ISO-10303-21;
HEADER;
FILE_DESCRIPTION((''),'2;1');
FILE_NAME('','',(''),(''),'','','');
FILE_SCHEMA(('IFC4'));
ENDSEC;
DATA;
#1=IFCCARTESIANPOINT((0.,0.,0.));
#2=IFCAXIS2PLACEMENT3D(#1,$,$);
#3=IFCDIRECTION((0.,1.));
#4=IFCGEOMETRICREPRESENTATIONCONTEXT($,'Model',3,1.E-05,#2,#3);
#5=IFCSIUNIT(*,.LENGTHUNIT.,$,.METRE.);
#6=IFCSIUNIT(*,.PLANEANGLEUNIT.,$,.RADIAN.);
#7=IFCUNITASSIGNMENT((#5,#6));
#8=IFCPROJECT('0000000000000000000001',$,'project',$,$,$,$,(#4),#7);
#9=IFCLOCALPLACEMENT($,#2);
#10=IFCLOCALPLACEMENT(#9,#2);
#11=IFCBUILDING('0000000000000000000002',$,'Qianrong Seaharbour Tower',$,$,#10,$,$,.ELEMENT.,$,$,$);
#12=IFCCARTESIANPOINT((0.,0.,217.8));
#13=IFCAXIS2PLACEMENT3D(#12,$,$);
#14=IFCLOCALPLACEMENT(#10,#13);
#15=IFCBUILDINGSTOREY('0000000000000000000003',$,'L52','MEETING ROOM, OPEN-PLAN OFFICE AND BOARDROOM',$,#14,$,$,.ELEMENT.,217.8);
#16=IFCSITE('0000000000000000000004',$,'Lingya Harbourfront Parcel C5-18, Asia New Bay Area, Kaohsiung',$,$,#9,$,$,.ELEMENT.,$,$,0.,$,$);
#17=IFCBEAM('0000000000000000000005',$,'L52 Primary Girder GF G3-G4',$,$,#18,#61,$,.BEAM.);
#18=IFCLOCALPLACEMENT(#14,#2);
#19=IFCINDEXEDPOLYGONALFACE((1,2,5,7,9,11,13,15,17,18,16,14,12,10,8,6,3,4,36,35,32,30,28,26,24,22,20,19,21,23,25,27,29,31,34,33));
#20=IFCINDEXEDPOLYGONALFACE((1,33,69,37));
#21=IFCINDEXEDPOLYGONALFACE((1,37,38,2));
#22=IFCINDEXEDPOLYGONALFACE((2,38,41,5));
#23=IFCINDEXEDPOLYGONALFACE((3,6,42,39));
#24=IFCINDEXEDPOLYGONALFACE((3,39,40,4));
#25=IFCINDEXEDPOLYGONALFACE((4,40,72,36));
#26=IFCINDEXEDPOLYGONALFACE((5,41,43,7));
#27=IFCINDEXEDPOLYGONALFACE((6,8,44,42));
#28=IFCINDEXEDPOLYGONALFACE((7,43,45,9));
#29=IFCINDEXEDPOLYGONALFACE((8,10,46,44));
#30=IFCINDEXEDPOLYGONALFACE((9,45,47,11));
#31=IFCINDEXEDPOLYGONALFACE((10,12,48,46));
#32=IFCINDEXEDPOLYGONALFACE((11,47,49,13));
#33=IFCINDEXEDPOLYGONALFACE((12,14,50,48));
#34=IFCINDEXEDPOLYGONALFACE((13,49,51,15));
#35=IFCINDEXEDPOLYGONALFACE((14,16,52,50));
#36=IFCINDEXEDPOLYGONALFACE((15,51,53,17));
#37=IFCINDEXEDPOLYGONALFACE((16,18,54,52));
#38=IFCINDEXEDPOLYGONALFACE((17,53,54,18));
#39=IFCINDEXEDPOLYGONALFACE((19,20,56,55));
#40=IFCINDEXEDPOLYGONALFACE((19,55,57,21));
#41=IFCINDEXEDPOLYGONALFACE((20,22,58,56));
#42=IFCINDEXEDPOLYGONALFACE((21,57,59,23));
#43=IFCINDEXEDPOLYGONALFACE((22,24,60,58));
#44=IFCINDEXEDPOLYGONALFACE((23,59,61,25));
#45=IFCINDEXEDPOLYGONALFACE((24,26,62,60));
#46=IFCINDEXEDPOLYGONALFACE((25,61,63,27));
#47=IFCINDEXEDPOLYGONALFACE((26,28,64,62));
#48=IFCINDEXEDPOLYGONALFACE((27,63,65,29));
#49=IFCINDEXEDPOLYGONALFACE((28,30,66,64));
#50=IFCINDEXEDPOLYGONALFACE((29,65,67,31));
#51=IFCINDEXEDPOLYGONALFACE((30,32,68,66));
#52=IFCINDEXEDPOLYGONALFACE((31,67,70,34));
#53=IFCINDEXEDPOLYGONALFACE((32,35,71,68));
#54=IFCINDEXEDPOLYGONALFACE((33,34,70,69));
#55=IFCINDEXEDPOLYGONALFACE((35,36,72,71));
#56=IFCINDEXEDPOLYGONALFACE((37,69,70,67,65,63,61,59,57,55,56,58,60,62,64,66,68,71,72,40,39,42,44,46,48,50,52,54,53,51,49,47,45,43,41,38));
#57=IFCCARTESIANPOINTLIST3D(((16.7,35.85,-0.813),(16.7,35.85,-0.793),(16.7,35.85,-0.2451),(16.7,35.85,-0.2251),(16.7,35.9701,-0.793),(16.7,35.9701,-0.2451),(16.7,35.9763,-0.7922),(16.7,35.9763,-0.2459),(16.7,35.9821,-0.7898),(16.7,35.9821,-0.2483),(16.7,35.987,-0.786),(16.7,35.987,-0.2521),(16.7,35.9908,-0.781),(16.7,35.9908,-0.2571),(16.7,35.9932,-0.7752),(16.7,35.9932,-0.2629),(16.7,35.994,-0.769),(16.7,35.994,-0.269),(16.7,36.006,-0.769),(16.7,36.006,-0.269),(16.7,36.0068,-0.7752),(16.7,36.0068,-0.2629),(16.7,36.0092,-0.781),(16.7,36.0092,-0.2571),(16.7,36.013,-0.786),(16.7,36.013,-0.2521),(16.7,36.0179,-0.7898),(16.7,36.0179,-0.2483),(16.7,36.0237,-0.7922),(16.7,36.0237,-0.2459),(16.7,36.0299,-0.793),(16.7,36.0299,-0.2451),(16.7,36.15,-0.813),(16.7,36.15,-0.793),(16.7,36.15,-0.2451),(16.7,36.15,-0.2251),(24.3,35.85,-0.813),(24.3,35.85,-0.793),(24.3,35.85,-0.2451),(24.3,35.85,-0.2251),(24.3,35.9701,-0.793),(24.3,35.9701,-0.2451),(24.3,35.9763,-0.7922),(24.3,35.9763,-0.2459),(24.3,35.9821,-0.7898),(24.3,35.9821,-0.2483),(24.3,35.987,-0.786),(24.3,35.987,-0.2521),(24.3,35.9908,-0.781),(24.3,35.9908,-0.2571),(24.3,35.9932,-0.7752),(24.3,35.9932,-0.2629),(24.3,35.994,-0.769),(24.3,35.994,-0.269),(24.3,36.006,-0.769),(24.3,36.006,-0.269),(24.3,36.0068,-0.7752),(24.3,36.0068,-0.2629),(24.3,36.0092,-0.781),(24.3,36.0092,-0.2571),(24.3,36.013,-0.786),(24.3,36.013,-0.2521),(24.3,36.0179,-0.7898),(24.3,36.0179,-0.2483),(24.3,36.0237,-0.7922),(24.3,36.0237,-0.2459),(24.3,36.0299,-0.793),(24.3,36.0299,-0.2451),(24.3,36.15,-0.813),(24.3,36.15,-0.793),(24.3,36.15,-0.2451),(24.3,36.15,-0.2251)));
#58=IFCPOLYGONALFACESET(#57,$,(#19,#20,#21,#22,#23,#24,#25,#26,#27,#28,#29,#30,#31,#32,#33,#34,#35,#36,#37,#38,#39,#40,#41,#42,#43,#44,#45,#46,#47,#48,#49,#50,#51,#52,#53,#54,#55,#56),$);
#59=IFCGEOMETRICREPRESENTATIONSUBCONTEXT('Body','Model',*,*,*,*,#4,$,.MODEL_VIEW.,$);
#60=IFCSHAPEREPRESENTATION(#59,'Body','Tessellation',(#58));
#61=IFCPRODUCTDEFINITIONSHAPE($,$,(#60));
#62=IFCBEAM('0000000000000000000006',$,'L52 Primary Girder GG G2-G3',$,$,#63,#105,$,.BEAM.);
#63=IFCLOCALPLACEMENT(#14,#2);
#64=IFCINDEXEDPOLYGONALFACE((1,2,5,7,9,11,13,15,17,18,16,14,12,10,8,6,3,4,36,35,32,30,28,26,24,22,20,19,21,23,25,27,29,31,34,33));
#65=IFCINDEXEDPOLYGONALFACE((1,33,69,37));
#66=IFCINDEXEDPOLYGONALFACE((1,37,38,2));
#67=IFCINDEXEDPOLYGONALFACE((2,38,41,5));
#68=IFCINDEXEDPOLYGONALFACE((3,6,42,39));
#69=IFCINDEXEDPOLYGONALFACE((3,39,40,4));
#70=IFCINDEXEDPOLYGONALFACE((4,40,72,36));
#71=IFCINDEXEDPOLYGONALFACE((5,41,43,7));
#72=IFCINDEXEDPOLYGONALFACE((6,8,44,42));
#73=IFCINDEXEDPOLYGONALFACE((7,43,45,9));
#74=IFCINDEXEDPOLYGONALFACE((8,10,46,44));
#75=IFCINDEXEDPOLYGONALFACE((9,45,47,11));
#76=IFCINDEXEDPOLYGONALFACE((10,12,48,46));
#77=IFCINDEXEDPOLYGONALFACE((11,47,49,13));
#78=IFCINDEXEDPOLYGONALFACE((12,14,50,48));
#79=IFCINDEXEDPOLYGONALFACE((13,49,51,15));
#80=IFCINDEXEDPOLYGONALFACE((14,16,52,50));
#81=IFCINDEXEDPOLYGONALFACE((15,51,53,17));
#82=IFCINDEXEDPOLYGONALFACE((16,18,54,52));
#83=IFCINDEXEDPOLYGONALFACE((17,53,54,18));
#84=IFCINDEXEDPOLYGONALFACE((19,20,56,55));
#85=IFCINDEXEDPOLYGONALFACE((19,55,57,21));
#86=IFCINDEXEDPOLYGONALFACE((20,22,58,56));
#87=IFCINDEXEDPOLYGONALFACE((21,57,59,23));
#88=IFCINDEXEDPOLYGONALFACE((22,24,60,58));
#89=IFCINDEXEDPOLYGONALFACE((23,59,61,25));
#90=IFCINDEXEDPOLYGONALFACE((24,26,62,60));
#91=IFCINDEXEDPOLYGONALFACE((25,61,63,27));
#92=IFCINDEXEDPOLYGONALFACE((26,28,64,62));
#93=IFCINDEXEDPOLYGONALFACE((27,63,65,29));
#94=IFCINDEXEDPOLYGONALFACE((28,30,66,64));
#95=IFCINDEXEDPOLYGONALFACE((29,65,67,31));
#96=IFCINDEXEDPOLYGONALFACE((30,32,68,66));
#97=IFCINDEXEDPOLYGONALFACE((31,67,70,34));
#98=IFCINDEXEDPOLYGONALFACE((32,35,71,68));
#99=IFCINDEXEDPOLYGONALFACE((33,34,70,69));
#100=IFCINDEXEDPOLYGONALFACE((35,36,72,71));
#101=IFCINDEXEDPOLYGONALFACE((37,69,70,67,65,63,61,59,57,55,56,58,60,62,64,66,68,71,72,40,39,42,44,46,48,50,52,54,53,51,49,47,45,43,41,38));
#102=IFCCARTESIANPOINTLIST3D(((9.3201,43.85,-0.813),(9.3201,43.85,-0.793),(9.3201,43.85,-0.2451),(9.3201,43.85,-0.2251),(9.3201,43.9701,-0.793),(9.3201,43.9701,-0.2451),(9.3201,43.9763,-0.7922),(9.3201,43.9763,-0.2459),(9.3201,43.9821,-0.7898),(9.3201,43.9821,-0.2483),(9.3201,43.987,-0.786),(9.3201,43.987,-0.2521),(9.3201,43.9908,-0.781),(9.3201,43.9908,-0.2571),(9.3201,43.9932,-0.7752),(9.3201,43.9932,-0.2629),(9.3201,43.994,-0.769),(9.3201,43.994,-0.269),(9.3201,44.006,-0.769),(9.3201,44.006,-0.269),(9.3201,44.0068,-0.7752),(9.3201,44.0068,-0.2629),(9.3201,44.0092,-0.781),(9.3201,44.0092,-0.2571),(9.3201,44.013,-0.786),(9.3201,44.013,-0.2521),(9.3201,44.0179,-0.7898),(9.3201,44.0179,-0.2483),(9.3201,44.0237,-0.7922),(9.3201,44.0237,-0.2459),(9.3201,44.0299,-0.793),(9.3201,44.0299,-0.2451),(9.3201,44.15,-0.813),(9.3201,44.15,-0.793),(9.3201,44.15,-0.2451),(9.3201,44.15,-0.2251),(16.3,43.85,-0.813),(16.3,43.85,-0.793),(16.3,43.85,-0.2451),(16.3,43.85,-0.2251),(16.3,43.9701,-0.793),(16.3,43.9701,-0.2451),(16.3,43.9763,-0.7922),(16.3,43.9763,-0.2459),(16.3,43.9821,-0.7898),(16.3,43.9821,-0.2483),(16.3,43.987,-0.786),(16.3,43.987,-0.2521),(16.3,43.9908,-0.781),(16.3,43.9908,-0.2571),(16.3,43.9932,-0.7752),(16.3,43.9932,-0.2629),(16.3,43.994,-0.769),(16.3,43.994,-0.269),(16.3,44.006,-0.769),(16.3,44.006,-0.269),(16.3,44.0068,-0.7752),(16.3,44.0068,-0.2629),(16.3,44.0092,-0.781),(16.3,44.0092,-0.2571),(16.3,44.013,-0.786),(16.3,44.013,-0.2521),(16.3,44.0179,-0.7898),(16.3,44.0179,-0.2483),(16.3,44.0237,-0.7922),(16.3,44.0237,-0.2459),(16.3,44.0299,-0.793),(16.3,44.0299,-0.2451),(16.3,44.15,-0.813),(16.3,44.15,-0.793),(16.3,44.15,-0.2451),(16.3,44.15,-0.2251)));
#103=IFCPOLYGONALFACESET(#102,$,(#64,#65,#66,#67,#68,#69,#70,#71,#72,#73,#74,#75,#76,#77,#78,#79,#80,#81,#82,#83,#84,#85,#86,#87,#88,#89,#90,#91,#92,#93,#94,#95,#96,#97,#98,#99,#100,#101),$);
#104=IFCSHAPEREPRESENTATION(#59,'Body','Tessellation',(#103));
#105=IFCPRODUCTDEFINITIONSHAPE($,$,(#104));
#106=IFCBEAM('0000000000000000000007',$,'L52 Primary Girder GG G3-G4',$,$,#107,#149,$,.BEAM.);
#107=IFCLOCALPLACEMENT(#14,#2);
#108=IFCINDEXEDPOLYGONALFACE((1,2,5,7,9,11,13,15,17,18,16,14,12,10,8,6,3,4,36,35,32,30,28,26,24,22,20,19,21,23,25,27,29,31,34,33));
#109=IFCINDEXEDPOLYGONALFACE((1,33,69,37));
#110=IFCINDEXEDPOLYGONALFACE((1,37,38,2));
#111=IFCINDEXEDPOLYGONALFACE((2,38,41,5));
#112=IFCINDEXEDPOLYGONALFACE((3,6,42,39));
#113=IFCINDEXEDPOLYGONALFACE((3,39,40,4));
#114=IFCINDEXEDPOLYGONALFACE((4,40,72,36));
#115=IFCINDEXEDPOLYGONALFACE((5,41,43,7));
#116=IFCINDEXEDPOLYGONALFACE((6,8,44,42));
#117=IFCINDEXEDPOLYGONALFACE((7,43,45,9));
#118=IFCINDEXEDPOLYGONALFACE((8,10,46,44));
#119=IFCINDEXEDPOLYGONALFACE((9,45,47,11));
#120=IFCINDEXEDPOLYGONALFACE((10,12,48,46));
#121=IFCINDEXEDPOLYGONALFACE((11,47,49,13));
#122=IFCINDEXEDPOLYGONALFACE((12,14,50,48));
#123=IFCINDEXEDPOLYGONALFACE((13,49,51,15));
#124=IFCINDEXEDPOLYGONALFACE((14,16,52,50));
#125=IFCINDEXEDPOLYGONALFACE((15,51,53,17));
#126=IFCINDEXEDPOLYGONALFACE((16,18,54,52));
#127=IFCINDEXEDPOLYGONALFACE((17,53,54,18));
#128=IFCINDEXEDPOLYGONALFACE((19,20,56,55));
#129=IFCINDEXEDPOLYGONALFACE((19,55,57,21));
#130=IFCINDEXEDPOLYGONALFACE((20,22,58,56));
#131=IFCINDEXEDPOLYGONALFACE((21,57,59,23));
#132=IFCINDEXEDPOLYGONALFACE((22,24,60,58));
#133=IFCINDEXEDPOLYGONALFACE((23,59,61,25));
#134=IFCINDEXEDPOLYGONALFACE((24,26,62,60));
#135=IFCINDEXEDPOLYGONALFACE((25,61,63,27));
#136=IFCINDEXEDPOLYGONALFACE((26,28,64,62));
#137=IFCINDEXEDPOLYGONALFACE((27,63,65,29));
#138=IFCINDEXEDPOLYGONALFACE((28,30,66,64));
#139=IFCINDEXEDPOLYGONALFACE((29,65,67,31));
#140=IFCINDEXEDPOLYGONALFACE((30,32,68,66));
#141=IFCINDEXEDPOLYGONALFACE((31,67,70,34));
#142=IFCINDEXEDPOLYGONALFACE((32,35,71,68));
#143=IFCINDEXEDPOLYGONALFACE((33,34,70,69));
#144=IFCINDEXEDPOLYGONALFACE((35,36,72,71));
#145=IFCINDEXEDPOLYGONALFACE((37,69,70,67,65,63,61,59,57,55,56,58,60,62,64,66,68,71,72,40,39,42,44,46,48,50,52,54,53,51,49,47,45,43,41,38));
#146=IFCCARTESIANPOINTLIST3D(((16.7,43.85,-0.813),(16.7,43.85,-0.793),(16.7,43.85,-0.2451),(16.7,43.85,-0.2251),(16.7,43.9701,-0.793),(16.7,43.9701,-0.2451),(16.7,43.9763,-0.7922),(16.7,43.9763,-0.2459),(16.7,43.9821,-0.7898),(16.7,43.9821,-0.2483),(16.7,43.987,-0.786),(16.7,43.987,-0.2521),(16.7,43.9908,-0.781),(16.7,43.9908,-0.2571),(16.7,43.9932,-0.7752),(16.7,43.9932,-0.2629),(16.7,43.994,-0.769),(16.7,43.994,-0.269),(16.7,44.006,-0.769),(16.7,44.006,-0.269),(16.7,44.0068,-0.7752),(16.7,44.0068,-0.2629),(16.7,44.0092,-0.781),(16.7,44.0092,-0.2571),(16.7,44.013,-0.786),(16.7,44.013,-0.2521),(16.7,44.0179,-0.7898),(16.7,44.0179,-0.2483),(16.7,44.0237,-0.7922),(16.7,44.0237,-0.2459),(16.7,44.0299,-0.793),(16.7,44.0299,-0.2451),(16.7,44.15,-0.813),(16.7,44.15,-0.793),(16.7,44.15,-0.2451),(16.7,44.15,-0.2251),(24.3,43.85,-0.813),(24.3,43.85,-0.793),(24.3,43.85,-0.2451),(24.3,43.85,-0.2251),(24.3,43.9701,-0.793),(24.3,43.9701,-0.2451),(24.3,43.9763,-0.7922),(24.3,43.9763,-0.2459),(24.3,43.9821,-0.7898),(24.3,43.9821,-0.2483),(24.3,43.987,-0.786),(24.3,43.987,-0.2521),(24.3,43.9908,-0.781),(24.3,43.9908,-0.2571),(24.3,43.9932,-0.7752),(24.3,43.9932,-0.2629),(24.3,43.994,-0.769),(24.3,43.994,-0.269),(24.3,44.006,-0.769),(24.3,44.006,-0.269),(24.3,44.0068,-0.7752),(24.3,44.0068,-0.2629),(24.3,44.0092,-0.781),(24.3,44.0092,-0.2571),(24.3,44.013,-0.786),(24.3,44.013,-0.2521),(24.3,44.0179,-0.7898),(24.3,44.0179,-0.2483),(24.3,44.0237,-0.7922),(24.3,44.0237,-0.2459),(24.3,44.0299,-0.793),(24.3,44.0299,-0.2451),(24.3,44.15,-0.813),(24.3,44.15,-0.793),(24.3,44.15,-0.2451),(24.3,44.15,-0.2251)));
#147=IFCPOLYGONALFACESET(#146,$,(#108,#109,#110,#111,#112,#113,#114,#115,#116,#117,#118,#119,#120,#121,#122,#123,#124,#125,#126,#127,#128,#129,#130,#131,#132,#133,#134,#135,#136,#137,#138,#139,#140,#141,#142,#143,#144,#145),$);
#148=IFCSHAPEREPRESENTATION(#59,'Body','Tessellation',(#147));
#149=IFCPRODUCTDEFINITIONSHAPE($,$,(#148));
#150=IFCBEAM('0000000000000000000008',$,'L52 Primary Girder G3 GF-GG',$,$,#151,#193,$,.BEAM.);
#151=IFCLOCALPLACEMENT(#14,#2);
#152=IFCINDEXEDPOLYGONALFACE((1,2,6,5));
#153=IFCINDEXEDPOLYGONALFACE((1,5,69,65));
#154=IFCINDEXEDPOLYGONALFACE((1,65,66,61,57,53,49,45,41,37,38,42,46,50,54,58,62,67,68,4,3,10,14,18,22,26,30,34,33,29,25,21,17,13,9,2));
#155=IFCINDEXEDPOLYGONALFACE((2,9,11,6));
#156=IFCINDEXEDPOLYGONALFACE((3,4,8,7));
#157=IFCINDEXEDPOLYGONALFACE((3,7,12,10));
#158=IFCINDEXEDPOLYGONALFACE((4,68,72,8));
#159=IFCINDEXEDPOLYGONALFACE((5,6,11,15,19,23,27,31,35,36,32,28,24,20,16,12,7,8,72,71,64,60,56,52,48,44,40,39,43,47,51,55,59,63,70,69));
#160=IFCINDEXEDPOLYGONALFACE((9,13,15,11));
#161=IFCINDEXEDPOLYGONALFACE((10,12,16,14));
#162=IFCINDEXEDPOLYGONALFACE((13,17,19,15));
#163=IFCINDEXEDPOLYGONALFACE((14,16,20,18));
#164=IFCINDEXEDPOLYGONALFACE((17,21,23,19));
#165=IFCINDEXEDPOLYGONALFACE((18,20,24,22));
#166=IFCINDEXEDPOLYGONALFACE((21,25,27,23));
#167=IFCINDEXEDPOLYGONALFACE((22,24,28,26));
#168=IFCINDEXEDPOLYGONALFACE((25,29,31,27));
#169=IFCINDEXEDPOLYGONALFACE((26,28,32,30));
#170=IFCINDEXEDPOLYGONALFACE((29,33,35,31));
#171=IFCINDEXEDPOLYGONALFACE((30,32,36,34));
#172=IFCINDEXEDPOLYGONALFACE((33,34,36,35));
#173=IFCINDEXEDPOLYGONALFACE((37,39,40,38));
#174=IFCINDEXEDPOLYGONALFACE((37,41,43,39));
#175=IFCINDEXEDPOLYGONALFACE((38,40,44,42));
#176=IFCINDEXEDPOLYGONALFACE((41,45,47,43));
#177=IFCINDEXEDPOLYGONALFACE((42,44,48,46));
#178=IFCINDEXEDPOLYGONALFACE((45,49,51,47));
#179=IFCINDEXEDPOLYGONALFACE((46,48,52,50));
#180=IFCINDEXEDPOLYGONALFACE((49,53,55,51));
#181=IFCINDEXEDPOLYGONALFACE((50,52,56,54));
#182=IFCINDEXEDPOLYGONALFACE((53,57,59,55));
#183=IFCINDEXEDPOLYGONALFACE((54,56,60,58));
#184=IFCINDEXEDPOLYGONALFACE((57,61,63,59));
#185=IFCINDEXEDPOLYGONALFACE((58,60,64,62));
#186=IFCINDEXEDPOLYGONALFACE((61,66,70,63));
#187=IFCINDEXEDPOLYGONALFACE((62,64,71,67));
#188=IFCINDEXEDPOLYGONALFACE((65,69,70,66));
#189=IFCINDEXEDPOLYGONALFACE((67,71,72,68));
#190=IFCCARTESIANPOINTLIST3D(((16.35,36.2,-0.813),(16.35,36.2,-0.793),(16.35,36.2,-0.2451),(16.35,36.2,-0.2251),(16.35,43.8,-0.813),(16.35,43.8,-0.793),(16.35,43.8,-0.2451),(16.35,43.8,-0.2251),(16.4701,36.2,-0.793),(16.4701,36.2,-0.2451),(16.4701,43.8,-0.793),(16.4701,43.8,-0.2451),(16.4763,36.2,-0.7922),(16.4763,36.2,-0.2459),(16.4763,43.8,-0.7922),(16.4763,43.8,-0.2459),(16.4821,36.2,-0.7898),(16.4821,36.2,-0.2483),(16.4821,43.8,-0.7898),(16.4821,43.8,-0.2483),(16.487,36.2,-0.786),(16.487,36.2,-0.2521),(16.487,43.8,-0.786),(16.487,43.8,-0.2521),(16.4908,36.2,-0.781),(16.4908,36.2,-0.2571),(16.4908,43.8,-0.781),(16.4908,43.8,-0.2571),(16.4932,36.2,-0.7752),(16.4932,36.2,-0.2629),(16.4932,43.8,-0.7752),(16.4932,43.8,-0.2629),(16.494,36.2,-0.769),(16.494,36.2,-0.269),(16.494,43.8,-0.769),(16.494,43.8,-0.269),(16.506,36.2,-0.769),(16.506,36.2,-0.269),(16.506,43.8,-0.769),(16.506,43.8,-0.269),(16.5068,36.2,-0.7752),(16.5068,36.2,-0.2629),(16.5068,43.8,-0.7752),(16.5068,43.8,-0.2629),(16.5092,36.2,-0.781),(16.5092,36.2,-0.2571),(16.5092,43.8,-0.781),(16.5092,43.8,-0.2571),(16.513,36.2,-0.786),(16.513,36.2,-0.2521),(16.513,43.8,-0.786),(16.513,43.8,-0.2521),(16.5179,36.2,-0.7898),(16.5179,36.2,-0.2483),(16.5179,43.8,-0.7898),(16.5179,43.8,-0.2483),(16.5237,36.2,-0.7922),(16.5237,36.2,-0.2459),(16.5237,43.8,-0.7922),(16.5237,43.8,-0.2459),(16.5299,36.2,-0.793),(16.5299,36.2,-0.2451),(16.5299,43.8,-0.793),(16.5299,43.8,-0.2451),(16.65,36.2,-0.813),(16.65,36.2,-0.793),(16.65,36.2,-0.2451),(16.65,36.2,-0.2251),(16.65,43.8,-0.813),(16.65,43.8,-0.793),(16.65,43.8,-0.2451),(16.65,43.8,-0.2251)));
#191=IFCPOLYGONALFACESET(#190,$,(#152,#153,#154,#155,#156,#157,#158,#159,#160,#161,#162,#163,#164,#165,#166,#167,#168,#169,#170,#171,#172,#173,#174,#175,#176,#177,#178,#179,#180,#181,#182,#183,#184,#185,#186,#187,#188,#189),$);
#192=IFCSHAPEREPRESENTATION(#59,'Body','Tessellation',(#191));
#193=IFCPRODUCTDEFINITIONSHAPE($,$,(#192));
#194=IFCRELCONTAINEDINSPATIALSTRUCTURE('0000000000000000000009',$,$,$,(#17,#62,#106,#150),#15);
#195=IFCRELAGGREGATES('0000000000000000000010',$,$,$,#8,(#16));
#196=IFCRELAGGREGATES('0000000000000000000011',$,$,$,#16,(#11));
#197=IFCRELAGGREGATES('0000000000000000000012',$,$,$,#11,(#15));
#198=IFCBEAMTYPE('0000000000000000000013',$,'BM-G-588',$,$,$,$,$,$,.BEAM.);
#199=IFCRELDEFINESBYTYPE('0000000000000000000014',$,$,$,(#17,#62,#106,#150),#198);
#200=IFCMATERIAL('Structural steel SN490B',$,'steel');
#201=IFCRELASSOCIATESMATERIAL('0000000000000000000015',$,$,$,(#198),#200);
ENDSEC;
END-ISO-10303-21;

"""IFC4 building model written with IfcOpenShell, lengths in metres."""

from ifc_helpers import new_model, si_unit, direction, frame, origin, origin_2d, place, context, subcontext, project, spatial, i_section, extrude, material, material_profile, profile_set, type_object, element, save


model = new_model("IFC4")

# Units and contexts
model_context = context("Model", 3, precision=1e-05, world=origin(), true_north=direction((0.0, 1.0)))
body_context = subcontext(model_context, "Body", "Model", "MODEL_VIEW")
ifc_project = project(units=[si_unit("LENGTHUNIT", "METRE"), si_unit("PLANEANGLEUNIT", "RADIAN")], contexts=[model_context])

# Site, building, storey
site_placement = place(None, origin())
site = spatial("IfcSite", under=ifc_project, at=site_placement, Name="Lingya Harbourfront Parcel C5-18, Asia New Bay Area, Kaohsiung", CompositionType="ELEMENT", RefElevation=0.0)
building_placement = place(site_placement, origin())
building = spatial("IfcBuilding", under=site, at=building_placement, Name="Qianrong Seaharbour Tower", CompositionType="ELEMENT")
storey_placement = place(building_placement, frame((0.0, 0.0, 217.8)))
storey = spatial("IfcBuildingStorey", under=building, at=storey_placement, Name="L52", Description="MEETING ROOM, OPEN-PLAN OFFICE AND BOARDROOM", CompositionType="ELEMENT", Elevation=217.8)

# Shared definitions
ifc_material_1 = material(Name="Structural steel SN490B", Category="steel")

# Beams
ifc_material_profile_1 = material_profile(ifc_material_1, i_section(OverallWidth=0.3, OverallDepth=0.5879, WebThickness=0.012, FlangeThickness=0.02, FilletRadius=0.0239, at=origin_2d()), Name="H588x300x12x20")
ifc_profile_set_1 = profile_set([ifc_material_profile_1], Name="Structural steel SN490B")
beam_type_1 = type_object("IfcBeamType", Name="BM-G-588", PredefinedType="BEAM", material=ifc_profile_set_1)
beam_1_placement = place(storey_placement, frame((16.7, 36.0, -0.519), z_axis=(1.0, 0.0, 0.0), x_axis=(0.0, 1.0, 0.0)))
element("IfcBeam", 1, at=beam_1_placement, inside=storey, type_object=beam_type_1, Name="L52 Primary Girder GF G3-G4", PredefinedType="BEAM", context=body_context, shape_type="SweptSolid", body=[
    extrude(i_section(OverallWidth=0.3, OverallDepth=0.5879, WebThickness=0.012, FlangeThickness=0.02, FilletRadius=0.0239, at=origin_2d()), origin(), (0.0, 0.0, 1.0), 7.6001),
])
beam_2_placement = place(storey_placement, frame((9.3201, 44.0, -0.519), z_axis=(1.0, 0.0, 0.0), x_axis=(0.0, 1.0, 0.0)))
element("IfcBeam", 2, at=beam_2_placement, inside=storey, type_object=beam_type_1, Name="L52 Primary Girder GG G2-G3", PredefinedType="BEAM", context=body_context, shape_type="SweptSolid", body=[
    extrude(i_section(OverallWidth=0.3, OverallDepth=0.5879, WebThickness=0.012, FlangeThickness=0.02, FilletRadius=0.0239, at=origin_2d()), origin(), (0.0, 0.0, 1.0), 6.98),
])
for number, where, z_axis, x_axis, name in (
    (3, (16.7, 44.0, -0.519), (1.0, 0.0, 0.0), (0.0, 1.0, 0.0), "L52 Primary Girder GG G3-G4"),
    (4, (16.5, 36.2, -0.519), (0.0, 1.0, 0.0), (-1.0, 0.0, 0.0), "L52 Primary Girder G3 GF-GG"),
):
    element("IfcBeam", number, at=place(storey_placement, frame(where, z_axis=z_axis, x_axis=x_axis)), inside=storey, type_object=beam_type_1, Name=name, PredefinedType="BEAM", context=body_context, shape_type="SweptSolid", body=[
        extrude(i_section(OverallWidth=0.3, OverallDepth=0.5879, WebThickness=0.012, FlangeThickness=0.02, FilletRadius=0.0239, at=origin_2d()), origin(), (0.0, 0.0, 1.0), 7.6001),
    ])

save(model, "model.ifc")
